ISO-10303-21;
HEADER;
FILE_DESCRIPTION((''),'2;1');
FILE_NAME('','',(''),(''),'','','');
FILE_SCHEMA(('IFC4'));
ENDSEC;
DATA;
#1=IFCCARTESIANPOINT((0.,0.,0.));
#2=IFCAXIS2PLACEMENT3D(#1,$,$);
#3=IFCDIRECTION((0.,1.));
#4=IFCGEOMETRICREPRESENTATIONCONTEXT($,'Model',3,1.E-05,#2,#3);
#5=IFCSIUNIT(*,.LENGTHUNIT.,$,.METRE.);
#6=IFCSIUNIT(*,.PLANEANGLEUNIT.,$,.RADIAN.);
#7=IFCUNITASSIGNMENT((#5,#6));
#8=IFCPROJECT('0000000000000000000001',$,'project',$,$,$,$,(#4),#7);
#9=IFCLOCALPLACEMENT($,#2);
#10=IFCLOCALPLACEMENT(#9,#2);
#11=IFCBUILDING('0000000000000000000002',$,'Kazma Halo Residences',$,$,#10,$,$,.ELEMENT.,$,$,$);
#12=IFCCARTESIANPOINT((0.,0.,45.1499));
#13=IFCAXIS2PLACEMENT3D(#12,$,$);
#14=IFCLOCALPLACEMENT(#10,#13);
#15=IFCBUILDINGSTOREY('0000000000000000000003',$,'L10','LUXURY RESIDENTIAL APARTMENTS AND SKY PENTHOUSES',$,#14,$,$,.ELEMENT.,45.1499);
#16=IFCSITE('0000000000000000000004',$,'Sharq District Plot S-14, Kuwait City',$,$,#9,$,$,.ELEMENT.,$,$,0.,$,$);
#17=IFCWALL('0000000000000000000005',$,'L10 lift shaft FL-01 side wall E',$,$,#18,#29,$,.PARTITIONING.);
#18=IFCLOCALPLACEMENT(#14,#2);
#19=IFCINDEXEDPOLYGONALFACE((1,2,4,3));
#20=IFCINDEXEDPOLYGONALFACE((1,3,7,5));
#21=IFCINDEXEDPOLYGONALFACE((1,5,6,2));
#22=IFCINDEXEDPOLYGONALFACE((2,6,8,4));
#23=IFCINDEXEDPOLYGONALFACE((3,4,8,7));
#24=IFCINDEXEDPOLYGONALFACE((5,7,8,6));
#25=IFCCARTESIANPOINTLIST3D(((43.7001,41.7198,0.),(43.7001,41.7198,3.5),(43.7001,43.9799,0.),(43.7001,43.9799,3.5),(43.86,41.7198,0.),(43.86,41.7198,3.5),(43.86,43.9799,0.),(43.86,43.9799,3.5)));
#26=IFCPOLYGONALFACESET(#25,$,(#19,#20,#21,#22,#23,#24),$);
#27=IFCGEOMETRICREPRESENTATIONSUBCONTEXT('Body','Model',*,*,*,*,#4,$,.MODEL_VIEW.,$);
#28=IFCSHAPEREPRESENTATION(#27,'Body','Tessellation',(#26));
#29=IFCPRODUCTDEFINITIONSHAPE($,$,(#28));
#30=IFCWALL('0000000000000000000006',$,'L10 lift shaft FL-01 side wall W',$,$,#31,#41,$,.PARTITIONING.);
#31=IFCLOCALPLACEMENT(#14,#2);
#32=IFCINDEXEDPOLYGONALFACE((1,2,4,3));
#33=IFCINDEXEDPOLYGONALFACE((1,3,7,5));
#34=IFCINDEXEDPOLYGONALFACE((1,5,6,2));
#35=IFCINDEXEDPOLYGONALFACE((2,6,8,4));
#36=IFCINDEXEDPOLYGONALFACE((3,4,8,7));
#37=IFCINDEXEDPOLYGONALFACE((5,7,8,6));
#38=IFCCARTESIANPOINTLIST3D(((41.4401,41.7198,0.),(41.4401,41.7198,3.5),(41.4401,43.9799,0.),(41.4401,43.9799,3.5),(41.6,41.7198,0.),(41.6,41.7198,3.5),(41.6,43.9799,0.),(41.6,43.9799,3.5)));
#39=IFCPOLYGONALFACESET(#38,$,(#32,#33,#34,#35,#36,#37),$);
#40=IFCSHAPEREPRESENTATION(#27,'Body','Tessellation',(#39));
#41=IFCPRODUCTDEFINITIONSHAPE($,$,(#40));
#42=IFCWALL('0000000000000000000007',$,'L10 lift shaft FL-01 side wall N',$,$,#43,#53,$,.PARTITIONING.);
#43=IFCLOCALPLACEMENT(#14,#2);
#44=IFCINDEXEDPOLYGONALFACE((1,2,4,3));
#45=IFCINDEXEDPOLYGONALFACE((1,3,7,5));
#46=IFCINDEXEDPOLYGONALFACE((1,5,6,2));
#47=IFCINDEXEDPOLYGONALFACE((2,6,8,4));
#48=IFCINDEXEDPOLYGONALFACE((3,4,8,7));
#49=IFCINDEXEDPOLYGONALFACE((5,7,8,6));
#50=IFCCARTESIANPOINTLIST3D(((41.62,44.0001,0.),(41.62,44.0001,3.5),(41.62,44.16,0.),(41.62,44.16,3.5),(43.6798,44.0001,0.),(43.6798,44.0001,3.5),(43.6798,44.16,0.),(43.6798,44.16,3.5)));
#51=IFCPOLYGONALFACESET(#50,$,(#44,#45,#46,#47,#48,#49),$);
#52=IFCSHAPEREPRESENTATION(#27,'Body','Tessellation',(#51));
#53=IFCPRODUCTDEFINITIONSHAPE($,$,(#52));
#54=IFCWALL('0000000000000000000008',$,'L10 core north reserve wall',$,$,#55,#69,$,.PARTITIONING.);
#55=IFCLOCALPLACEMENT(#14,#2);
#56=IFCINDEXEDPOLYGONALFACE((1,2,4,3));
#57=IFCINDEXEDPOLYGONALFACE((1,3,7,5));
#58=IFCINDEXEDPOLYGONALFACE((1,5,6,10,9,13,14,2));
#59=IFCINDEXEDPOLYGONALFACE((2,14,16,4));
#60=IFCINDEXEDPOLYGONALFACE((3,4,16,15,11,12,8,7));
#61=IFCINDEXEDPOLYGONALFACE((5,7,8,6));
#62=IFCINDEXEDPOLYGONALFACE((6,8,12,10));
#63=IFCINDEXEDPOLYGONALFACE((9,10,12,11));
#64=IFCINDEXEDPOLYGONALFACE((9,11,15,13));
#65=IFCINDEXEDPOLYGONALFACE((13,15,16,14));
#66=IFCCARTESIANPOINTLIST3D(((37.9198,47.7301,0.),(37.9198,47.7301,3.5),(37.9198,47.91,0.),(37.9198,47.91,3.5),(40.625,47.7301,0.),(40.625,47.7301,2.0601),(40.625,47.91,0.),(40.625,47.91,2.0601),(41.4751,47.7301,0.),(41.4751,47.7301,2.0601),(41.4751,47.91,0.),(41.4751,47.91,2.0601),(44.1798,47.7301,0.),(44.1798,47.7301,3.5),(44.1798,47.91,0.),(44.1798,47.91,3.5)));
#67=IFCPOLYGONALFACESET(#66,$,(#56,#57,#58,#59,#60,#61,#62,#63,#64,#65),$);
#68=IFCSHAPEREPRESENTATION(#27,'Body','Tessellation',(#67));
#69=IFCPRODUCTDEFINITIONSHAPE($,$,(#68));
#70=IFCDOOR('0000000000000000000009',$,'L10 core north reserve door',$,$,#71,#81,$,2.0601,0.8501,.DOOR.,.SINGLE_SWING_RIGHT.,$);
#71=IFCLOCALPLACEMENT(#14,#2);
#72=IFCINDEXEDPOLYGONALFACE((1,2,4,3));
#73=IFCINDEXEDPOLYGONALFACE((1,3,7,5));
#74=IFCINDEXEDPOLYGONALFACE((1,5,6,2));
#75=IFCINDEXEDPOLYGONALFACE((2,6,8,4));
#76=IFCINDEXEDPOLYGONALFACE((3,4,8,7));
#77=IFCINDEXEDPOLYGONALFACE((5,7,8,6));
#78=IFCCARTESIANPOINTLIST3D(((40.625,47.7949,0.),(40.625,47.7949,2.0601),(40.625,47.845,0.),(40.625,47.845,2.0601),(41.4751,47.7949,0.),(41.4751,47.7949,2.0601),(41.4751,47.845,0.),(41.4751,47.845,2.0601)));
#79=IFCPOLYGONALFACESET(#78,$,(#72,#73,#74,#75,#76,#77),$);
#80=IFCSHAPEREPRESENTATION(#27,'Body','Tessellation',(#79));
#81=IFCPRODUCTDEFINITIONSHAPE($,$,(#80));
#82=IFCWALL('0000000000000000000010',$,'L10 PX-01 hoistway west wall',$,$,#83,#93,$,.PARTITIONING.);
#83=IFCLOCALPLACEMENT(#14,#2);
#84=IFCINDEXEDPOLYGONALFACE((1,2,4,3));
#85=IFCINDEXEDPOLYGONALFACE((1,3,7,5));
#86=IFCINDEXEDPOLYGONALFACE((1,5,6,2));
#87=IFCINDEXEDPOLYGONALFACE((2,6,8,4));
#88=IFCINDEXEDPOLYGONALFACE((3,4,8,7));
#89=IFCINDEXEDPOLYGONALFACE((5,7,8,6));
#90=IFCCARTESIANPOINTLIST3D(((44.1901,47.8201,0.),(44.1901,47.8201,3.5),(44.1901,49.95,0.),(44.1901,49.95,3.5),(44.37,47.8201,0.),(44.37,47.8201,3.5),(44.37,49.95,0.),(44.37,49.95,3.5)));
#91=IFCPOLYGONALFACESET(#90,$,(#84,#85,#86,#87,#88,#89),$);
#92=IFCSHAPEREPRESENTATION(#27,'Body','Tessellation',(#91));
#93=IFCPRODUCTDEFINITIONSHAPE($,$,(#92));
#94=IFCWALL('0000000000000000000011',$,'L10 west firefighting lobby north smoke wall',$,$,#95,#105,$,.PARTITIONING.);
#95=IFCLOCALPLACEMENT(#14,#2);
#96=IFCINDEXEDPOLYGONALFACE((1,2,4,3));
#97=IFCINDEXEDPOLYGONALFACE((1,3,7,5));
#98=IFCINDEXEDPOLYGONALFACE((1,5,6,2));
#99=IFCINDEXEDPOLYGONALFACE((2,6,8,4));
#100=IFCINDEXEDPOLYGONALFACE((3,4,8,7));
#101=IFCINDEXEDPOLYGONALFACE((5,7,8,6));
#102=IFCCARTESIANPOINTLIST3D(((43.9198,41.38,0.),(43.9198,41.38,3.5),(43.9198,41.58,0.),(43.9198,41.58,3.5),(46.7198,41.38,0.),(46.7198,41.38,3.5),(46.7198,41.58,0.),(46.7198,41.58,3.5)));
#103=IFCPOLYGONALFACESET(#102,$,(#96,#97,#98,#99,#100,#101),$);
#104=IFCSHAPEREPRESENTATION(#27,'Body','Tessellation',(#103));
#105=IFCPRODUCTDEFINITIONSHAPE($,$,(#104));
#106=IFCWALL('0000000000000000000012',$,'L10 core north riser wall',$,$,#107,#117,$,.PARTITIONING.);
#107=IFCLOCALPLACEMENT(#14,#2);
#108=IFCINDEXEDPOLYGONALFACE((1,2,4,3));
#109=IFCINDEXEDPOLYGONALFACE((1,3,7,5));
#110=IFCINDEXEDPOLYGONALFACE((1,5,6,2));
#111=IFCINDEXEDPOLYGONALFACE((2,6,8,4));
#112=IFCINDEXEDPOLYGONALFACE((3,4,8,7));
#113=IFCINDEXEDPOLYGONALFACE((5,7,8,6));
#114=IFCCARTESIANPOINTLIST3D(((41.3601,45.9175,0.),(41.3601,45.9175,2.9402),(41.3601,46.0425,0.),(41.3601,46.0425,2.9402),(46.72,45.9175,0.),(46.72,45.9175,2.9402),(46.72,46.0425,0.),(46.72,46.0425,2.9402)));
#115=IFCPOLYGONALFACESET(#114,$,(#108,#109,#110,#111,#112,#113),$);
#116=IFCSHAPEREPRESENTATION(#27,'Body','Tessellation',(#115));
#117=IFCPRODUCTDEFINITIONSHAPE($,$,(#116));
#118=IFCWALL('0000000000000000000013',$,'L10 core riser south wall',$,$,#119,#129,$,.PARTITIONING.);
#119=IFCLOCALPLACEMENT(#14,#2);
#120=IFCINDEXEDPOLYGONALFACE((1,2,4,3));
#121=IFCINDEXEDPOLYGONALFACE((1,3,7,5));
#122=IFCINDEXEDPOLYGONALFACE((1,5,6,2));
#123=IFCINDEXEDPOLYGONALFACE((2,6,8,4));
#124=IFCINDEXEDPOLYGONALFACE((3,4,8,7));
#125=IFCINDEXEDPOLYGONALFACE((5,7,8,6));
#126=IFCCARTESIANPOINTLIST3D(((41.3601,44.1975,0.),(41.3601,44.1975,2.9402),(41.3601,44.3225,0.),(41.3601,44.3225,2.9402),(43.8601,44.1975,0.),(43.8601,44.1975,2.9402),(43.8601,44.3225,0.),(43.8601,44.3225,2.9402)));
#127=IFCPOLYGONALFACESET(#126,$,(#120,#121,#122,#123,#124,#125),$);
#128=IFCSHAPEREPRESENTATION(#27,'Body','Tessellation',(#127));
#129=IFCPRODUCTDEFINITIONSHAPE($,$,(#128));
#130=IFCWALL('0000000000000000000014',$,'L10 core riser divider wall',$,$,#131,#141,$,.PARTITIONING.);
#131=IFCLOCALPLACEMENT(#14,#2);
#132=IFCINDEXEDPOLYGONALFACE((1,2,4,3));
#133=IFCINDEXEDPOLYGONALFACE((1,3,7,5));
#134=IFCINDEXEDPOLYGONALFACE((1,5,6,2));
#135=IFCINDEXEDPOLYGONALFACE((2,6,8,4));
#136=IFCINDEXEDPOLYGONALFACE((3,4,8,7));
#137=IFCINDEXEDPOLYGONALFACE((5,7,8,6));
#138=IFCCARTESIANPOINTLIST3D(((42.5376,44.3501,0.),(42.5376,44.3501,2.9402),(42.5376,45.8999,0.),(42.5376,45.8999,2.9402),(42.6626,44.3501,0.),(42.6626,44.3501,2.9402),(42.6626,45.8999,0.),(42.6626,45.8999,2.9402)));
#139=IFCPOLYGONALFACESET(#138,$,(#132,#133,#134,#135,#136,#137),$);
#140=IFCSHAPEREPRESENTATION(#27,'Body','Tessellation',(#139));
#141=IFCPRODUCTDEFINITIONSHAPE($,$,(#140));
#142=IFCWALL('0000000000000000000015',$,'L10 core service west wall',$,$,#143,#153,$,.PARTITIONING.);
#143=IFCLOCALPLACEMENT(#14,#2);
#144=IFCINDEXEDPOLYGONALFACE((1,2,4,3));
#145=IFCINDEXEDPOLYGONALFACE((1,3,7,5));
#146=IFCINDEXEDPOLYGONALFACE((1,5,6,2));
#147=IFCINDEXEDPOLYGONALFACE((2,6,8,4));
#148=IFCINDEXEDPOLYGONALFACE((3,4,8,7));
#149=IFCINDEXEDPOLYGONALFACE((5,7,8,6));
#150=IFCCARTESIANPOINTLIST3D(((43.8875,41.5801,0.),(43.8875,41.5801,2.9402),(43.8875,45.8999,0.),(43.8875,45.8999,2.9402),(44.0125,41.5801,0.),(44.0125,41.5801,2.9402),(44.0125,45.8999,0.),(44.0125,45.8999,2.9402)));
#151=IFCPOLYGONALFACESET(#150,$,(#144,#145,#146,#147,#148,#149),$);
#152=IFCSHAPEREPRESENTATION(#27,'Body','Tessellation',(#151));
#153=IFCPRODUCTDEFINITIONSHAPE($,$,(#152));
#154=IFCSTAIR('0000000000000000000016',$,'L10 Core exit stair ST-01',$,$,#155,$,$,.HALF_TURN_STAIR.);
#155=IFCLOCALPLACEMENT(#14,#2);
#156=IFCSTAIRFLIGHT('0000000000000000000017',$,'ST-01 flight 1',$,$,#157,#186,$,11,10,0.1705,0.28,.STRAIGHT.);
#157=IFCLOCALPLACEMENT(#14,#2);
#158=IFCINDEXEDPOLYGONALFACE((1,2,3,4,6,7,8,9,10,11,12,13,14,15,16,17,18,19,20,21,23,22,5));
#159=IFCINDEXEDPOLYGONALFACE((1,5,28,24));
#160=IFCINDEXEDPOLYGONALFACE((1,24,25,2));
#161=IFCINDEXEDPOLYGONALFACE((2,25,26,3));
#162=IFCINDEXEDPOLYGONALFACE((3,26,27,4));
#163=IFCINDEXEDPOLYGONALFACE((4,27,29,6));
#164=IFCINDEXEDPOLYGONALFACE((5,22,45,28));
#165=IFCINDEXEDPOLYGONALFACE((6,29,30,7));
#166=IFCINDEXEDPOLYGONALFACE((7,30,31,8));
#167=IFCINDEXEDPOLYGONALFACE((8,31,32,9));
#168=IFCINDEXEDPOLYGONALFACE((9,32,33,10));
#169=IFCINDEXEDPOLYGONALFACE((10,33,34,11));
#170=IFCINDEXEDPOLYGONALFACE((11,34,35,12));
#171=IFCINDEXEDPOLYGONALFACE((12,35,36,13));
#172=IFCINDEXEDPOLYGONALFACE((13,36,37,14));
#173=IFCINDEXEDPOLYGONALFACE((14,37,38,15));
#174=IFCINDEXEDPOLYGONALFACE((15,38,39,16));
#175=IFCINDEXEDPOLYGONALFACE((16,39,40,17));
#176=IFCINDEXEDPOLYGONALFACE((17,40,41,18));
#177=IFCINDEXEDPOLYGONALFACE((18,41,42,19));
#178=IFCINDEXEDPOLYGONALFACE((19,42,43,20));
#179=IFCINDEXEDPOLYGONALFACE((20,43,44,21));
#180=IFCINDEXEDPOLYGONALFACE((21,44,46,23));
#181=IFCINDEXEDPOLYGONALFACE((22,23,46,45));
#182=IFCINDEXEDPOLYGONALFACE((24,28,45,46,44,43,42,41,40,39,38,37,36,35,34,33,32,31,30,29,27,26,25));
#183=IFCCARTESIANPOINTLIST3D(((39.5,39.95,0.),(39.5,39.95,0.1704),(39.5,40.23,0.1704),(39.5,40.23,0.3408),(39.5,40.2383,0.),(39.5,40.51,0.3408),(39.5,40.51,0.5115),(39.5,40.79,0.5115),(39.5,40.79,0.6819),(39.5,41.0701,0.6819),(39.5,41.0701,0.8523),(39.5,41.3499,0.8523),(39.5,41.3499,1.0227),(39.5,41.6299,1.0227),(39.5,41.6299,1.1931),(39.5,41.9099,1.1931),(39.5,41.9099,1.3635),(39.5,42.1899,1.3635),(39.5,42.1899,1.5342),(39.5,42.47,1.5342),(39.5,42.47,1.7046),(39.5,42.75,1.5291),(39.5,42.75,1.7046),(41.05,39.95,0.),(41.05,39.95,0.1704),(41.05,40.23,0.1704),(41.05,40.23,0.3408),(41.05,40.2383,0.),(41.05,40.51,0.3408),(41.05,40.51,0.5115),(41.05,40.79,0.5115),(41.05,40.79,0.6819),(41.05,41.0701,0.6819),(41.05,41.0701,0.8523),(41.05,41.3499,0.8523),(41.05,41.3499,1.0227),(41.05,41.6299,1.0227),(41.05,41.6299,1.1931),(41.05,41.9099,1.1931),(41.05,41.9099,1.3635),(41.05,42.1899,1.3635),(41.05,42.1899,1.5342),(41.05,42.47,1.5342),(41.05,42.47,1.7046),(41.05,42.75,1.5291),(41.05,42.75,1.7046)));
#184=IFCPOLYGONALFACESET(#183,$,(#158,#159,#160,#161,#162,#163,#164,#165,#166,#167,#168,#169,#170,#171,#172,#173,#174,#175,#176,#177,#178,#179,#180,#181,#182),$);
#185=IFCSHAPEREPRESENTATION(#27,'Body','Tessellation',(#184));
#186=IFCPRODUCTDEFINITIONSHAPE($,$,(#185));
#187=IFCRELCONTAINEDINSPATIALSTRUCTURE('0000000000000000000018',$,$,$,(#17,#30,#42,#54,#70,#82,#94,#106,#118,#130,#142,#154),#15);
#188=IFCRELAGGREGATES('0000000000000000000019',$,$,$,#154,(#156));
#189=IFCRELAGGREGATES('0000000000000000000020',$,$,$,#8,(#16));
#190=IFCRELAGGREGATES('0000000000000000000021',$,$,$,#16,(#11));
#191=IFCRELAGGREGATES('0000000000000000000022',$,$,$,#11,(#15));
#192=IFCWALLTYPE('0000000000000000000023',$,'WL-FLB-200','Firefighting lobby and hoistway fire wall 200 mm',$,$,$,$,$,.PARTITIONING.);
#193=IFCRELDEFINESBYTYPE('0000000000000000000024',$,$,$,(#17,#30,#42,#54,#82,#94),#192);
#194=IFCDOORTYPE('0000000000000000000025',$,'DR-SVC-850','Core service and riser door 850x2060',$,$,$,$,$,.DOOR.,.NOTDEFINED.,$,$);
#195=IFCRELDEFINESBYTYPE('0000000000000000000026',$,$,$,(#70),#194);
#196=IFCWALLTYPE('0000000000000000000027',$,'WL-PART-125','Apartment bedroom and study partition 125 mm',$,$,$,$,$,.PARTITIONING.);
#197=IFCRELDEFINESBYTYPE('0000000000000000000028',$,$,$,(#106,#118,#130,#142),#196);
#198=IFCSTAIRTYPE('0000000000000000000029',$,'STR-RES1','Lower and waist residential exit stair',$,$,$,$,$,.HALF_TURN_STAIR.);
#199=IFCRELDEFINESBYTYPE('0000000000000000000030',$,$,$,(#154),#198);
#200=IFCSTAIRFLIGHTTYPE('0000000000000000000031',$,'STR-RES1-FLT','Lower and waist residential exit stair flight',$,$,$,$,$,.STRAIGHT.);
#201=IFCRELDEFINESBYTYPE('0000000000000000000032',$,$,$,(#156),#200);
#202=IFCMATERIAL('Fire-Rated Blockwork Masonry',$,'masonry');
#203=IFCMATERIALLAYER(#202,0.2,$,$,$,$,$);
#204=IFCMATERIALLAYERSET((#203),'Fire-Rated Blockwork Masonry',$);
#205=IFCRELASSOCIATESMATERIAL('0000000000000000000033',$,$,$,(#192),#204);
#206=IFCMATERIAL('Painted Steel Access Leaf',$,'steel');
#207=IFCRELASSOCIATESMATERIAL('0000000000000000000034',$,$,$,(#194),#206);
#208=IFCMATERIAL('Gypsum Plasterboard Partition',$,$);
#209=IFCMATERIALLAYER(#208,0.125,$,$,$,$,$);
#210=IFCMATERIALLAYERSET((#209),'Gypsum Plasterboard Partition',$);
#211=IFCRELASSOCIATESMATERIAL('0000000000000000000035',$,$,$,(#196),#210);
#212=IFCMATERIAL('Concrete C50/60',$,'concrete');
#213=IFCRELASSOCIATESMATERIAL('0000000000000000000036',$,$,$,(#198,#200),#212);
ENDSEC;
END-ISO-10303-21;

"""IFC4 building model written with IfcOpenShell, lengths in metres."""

from ifc_helpers import new_model, si_unit, direction, frame, frame_2d, origin, place, context, subcontext, project, spatial, polyline, rectangle, outline, extrude, material, layer, layer_set, type_object, element, fill, aggregate, save


model = new_model("IFC4")

# Units and contexts
model_context = context("Model", 3, precision=1e-05, world=origin(), true_north=direction((0.0, 1.0)))
body_context = subcontext(model_context, "Body", "Model", "MODEL_VIEW")
ifc_project = project(units=[si_unit("LENGTHUNIT", "METRE"), si_unit("PLANEANGLEUNIT", "RADIAN")], contexts=[model_context])

# Site, building, storey
site_placement = place(None, origin())
site = spatial("IfcSite", under=ifc_project, at=site_placement, Name="Sharq District Plot S-14, Kuwait City", CompositionType="ELEMENT", RefElevation=0.0)
building_placement = place(site_placement, origin())
building = spatial("IfcBuilding", under=site, at=building_placement, Name="Kazma Halo Residences", CompositionType="ELEMENT")
storey_placement = place(building_placement, frame((0.0, 0.0, 45.1499)))
storey = spatial("IfcBuildingStorey", under=building, at=storey_placement, Name="L10", Description="LUXURY RESIDENTIAL APARTMENTS AND SKY PENTHOUSES", CompositionType="ELEMENT", Elevation=45.1499)

# Shared definitions
ifc_material_1 = material(Name="Fire-Rated Blockwork Masonry", Category="masonry")
ifc_layer_1 = layer(ifc_material_1, 0.2)
ifc_layer_set_1 = layer_set([ifc_layer_1], Name="Fire-Rated Blockwork Masonry")
wall_type_1 = type_object("IfcWallType", Name="WL-FLB-200", Description="Firefighting lobby and hoistway fire wall 200 mm", PredefinedType="PARTITIONING", material=ifc_layer_set_1)

# Walls
for number, where, z_axis, x_axis, name in (
    (1, (43.78, 41.72, 0.0), (0.0, 0.0, 1.0), (0.0, 1.0, 0.0), "L10 lift shaft FL-01 side wall E"),
    (2, (41.52, 41.72, 0.0), (0.0, 0.0, 1.0), (0.0, 1.0, 0.0), "L10 lift shaft FL-01 side wall W"),
):
    element("IfcWall", number, at=place(storey_placement, frame(where, z_axis=z_axis, x_axis=x_axis)), inside=storey, type_object=wall_type_1, Name=name, PredefinedType="PARTITIONING", context=body_context, shape_type="SweptSolid", body=[
        extrude(rectangle(XDim=2.26, YDim=0.1599, at=frame_2d((1.1299, 0.0))), origin(), (0.0, 0.0, 1.0), 3.5),
    ])
wall_1_placement = place(storey_placement, frame((41.6201, 44.0801, 0.0), z_axis=(0.0, 0.0, 1.0), x_axis=(1.0, 0.0, 0.0)))
element("IfcWall", 3, at=wall_1_placement, inside=storey, type_object=wall_type_1, Name="L10 lift shaft FL-01 side wall N", PredefinedType="PARTITIONING", context=body_context, shape_type="SweptSolid", body=[
    extrude(rectangle(XDim=2.0598, YDim=0.1599, at=frame_2d((1.0298, 0.0))), origin(), (0.0, 0.0, 1.0), 3.5),
])

# Wall, opening, door
wall_2_placement = place(storey_placement, frame((37.9199, 47.8201, 0.0), z_axis=(0.0, 0.0, 1.0), x_axis=(1.0, 0.0, 0.0)))
wall_2 = element("IfcWall", 4, at=wall_2_placement, inside=storey, type_object=wall_type_1, Name="L10 core north reserve wall", PredefinedType="PARTITIONING", context=body_context, shape_type="SweptSolid", body=[
    extrude(rectangle(XDim=6.26, YDim=0.1799, at=frame_2d((3.1299, 0.0))), origin(), (0.0, 0.0, 1.0), 3.5),
])
opening_1_placement = place(wall_2_placement, frame((2.7051, 0.0, 0.0)))
opening_1 = element("IfcOpeningElement", 5, at=opening_1_placement, cuts=wall_2, PredefinedType="OPENING", context=body_context, shape_type="SweptSolid", body=[
    extrude(rectangle(XDim=0.8501, YDim=2.0601, at=frame_2d((0.425, 1.03))), frame((0.0, 0.0999, 0.0), z_axis=(0.0, -1.0, 0.0), x_axis=(1.0, 0.0, 0.0)), (0.0, 0.0, 1.0), 0.2),
])
ifc_material_2 = material(Name="Painted Steel Access Leaf", Category="steel")
door_type_1 = type_object("IfcDoorType", Name="DR-SVC-850", Description="Core service and riser door 850x2060", OperationType="NOTDEFINED", PredefinedType="DOOR", material=ifc_material_2)
door_1_placement = place(opening_1_placement, origin())
door_1 = element("IfcDoor", 6, at=door_1_placement, inside=storey, type_object=door_type_1, Name="L10 core north reserve door", OperationType="SINGLE_SWING_RIGHT", OverallHeight=2.0601, OverallWidth=0.8501, PredefinedType="DOOR", context=body_context, shape_type="SweptSolid", body=[
    extrude(rectangle(XDim=0.8501, YDim=2.0601, at=frame_2d((0.425, 1.03))), frame((0.0, 0.0249, 0.0), z_axis=(0.0, -1.0, 0.0), x_axis=(1.0, 0.0, 0.0)), (0.0, 0.0, 1.0), 0.05),
])
fill(opening_1, door_1)

# Walls
wall_3_placement = place(storey_placement, frame((44.28, 47.8201, 0.0), z_axis=(0.0, 0.0, 1.0), x_axis=(0.0, 1.0, 0.0)))
element("IfcWall", 7, at=wall_3_placement, inside=storey, type_object=wall_type_1, Name="L10 PX-01 hoistway west wall", PredefinedType="PARTITIONING", context=body_context, shape_type="SweptSolid", body=[
    extrude(rectangle(XDim=2.1299, YDim=0.1799, at=frame_2d((1.0649, 0.0))), origin(), (0.0, 0.0, 1.0), 3.5),
])
wall_4_placement = place(storey_placement, frame((43.9199, 41.48, 0.0), z_axis=(0.0, 0.0, 1.0), x_axis=(1.0, 0.0, 0.0)))
element("IfcWall", 8, at=wall_4_placement, inside=storey, type_object=wall_type_1, Name="L10 west firefighting lobby north smoke wall", PredefinedType="PARTITIONING", context=body_context, shape_type="SweptSolid", body=[
    extrude(rectangle(XDim=2.8, YDim=0.2, at=frame_2d((1.3999, 0.0))), origin(), (0.0, 0.0, 1.0), 3.5),
])
ifc_material_3 = material(Name="Gypsum Plasterboard Partition")
ifc_layer_2 = layer(ifc_material_3, 0.125)
ifc_layer_set_2 = layer_set([ifc_layer_2], Name="Gypsum Plasterboard Partition")
wall_type_2 = type_object("IfcWallType", Name="WL-PART-125", Description="Apartment bedroom and study partition 125 mm", PredefinedType="PARTITIONING", material=ifc_layer_set_2)
wall_5_placement = place(storey_placement, frame((41.3601, 45.98, 0.0), z_axis=(0.0, 0.0, 1.0), x_axis=(1.0, 0.0, 0.0)))
element("IfcWall", 9, at=wall_5_placement, inside=storey, type_object=wall_type_2, Name="L10 core north riser wall", PredefinedType="PARTITIONING", context=body_context, shape_type="SweptSolid", body=[
    extrude(rectangle(XDim=5.3599, YDim=0.125, at=frame_2d((2.6799, 0.0))), origin(), (0.0, 0.0, 1.0), 2.9402),
])
wall_6_placement = place(storey_placement, frame((41.3601, 44.26, 0.0), z_axis=(0.0, 0.0, 1.0), x_axis=(1.0, 0.0, 0.0)))
element("IfcWall", 10, at=wall_6_placement, inside=storey, type_object=wall_type_2, Name="L10 core riser south wall", PredefinedType="PARTITIONING", context=body_context, shape_type="SweptSolid", body=[
    extrude(rectangle(XDim=2.5, YDim=0.125, at=frame_2d((1.25, 0.0))), origin(), (0.0, 0.0, 1.0), 2.9402),
])
wall_7_placement = place(storey_placement, frame((42.6001, 44.3501, 0.0), z_axis=(0.0, 0.0, 1.0), x_axis=(0.0, 1.0, 0.0)))
element("IfcWall", 11, at=wall_7_placement, inside=storey, type_object=wall_type_2, Name="L10 core riser divider wall", PredefinedType="PARTITIONING", context=body_context, shape_type="SweptSolid", body=[
    extrude(rectangle(XDim=1.5498, YDim=0.125, at=frame_2d((0.7749, 0.0))), origin(), (0.0, 0.0, 1.0), 2.9402),
])
wall_8_placement = place(storey_placement, frame((43.95, 41.5801, 0.0), z_axis=(0.0, 0.0, 1.0), x_axis=(0.0, 1.0, 0.0)))
element("IfcWall", 12, at=wall_8_placement, inside=storey, type_object=wall_type_2, Name="L10 core service west wall", PredefinedType="PARTITIONING", context=body_context, shape_type="SweptSolid", body=[
    extrude(rectangle(XDim=4.3198, YDim=0.125, at=frame_2d((2.1599, 0.0))), origin(), (0.0, 0.0, 1.0), 2.9402),
])

# Stair, stair flight
ifc_material_4 = material(Name="Concrete C50/60", Category="concrete")
stair_type = type_object("IfcStairType", Name="STR-RES1", Description="Lower and waist residential exit stair", PredefinedType="HALF_TURN_STAIR", material=ifc_material_4)
stair_placement = place(storey_placement, origin())
stair = element("IfcStair", 13, at=stair_placement, inside=storey, type_object=stair_type, Name="L10 Core exit stair ST-01", PredefinedType="HALF_TURN_STAIR")
stair_flight_type = type_object("IfcStairFlightType", Name="STR-RES1-FLT", Description="Lower and waist residential exit stair flight", PredefinedType="STRAIGHT", material=ifc_material_4)
stair_flight_1_placement = place(storey_placement, frame((40.2749, 39.95, 0.0), z_axis=(0.0, 0.0, 1.0), x_axis=(0.0, 1.0, 0.0)))
stair_flight_1 = element("IfcStairFlight", 14, at=stair_flight_1_placement, type_object=stair_flight_type, Name="ST-01 flight 1", NumberOfRisers=11, NumberOfTreads=10, PredefinedType="STRAIGHT", RiserHeight=0.1705, TreadLength=0.28, context=body_context, shape_type="SweptSolid", body=[
    extrude(outline(polyline([(0.0, 0.0), (0.0, 0.1704), (0.28, 0.1704), (0.28, 0.3408), (0.5601, 0.3408), (0.5601, 0.5115), (0.8401, 0.5115), (0.8401, 0.6819), (1.1201, 0.6819), (1.1201, 0.8523), (1.3999, 0.8523), (1.3999, 1.0227), (1.6799, 1.0227), (1.6799, 1.1931), (1.96, 1.1931), (1.96, 1.3635), (2.24, 1.3635), (2.24, 1.5342), (2.52, 1.5342), (2.52, 1.7046), (2.8, 1.7046), (2.8, 1.875), (2.8, 1.5291), (0.2883, 0.0), (0.0, 0.0)])), frame((0.0, 0.7749, 0.0), z_axis=(0.0, -1.0, 0.0), x_axis=(1.0, 0.0, 0.0)), (0.0, 0.0, 1.0), 1.55),
])
aggregate(stair, [stair_flight_1])

save(model, "model.ifc")
